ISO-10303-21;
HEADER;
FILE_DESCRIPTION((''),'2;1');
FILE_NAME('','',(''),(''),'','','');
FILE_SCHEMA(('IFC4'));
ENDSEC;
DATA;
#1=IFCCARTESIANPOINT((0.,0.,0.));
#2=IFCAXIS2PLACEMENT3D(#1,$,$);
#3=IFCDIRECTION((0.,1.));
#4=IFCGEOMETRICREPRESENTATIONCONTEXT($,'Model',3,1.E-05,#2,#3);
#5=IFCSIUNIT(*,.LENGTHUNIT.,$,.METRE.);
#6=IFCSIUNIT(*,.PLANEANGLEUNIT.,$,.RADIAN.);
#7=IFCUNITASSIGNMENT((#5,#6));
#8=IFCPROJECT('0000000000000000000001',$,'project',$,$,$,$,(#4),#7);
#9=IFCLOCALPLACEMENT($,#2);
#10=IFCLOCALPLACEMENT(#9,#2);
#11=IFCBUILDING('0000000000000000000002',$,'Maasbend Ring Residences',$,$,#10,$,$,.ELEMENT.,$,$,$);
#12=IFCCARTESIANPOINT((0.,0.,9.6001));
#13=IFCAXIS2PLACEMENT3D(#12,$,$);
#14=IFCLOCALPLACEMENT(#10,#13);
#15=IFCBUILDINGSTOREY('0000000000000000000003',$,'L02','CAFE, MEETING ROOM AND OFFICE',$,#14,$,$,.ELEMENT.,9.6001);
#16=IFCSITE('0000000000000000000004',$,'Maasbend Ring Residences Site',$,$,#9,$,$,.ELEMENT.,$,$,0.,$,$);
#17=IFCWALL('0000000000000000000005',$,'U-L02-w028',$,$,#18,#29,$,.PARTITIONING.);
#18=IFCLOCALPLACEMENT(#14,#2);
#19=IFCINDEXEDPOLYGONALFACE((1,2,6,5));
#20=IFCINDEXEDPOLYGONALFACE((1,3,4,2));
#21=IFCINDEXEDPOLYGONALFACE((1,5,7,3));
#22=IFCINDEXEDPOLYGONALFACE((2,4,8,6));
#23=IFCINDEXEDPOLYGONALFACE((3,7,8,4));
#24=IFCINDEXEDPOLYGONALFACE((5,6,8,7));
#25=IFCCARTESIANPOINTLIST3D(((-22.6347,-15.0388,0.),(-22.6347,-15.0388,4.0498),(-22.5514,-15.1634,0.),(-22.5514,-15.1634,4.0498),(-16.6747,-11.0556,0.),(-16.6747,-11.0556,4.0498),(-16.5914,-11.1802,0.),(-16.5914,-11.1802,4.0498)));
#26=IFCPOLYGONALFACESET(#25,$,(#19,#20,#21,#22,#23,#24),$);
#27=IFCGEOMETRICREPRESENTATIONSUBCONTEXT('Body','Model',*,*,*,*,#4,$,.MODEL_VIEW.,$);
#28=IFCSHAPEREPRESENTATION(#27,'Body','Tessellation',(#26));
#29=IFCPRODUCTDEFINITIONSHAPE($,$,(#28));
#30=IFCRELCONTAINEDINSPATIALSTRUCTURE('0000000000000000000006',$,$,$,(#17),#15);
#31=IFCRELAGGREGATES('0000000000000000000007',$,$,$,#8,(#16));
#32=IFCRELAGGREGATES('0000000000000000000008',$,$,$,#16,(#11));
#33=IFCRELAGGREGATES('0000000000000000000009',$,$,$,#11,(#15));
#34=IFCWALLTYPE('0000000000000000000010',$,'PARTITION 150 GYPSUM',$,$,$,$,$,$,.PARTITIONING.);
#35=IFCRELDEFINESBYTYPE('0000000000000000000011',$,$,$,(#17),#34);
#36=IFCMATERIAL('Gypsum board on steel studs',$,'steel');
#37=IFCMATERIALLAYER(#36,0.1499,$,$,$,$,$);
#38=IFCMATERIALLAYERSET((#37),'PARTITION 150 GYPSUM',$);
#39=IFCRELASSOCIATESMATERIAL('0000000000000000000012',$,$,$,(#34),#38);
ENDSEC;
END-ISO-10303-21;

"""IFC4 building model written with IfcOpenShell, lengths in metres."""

from ifc_helpers import new_model, si_unit, direction, frame, frame_2d, origin, place, context, subcontext, project, spatial, rectangle, extrude, material, layer, layer_set, type_object, element, save


model = new_model("IFC4")

# Units and contexts
model_context = context("Model", 3, precision=1e-05, world=origin(), true_north=direction((0.0, 1.0)))
body_context = subcontext(model_context, "Body", "Model", "MODEL_VIEW")
ifc_project = project(units=[si_unit("LENGTHUNIT", "METRE"), si_unit("PLANEANGLEUNIT", "RADIAN")], contexts=[model_context])

# Site, building, storey
site_placement = place(None, origin())
site = spatial("IfcSite", under=ifc_project, at=site_placement, Name="Maasbend Ring Residences Site", CompositionType="ELEMENT", RefElevation=0.0)
building_placement = place(site_placement, origin())
building = spatial("IfcBuilding", under=site, at=building_placement, Name="Maasbend Ring Residences", CompositionType="ELEMENT")
storey_placement = place(building_placement, frame((0.0, 0.0, 9.6001)))
storey = spatial("IfcBuildingStorey", under=building, at=storey_placement, Name="L02", Description="CAFE, MEETING ROOM AND OFFICE", CompositionType="ELEMENT", Elevation=9.6001)

# Wall
ifc_material_1 = material(Name="Gypsum board on steel studs", Category="steel")
ifc_layer_1 = layer(ifc_material_1, 0.1499)
ifc_layer_set_1 = layer_set([ifc_layer_1], Name="PARTITION 150 GYPSUM")
wall_type_1 = type_object("IfcWallType", Name="PARTITION 150 GYPSUM", PredefinedType="PARTITIONING", material=ifc_layer_set_1)
wall_1_placement = place(storey_placement, frame((-22.593, -15.1011, 0.0), z_axis=(0.0, 0.0, 1.0), x_axis=(0.831416, 0.555651, 0.0)))
element("IfcWall", 1, at=wall_1_placement, inside=storey, type_object=wall_type_1, Name="U-L02-w028", PredefinedType="PARTITIONING", context=body_context, shape_type="SweptSolid", body=[
    extrude(rectangle(XDim=7.1685, YDim=0.1499, at=frame_2d((3.5842, 0.0))), origin(), (0.0, 0.0, 1.0), 4.0498),
])

save(model, "model.ifc")
